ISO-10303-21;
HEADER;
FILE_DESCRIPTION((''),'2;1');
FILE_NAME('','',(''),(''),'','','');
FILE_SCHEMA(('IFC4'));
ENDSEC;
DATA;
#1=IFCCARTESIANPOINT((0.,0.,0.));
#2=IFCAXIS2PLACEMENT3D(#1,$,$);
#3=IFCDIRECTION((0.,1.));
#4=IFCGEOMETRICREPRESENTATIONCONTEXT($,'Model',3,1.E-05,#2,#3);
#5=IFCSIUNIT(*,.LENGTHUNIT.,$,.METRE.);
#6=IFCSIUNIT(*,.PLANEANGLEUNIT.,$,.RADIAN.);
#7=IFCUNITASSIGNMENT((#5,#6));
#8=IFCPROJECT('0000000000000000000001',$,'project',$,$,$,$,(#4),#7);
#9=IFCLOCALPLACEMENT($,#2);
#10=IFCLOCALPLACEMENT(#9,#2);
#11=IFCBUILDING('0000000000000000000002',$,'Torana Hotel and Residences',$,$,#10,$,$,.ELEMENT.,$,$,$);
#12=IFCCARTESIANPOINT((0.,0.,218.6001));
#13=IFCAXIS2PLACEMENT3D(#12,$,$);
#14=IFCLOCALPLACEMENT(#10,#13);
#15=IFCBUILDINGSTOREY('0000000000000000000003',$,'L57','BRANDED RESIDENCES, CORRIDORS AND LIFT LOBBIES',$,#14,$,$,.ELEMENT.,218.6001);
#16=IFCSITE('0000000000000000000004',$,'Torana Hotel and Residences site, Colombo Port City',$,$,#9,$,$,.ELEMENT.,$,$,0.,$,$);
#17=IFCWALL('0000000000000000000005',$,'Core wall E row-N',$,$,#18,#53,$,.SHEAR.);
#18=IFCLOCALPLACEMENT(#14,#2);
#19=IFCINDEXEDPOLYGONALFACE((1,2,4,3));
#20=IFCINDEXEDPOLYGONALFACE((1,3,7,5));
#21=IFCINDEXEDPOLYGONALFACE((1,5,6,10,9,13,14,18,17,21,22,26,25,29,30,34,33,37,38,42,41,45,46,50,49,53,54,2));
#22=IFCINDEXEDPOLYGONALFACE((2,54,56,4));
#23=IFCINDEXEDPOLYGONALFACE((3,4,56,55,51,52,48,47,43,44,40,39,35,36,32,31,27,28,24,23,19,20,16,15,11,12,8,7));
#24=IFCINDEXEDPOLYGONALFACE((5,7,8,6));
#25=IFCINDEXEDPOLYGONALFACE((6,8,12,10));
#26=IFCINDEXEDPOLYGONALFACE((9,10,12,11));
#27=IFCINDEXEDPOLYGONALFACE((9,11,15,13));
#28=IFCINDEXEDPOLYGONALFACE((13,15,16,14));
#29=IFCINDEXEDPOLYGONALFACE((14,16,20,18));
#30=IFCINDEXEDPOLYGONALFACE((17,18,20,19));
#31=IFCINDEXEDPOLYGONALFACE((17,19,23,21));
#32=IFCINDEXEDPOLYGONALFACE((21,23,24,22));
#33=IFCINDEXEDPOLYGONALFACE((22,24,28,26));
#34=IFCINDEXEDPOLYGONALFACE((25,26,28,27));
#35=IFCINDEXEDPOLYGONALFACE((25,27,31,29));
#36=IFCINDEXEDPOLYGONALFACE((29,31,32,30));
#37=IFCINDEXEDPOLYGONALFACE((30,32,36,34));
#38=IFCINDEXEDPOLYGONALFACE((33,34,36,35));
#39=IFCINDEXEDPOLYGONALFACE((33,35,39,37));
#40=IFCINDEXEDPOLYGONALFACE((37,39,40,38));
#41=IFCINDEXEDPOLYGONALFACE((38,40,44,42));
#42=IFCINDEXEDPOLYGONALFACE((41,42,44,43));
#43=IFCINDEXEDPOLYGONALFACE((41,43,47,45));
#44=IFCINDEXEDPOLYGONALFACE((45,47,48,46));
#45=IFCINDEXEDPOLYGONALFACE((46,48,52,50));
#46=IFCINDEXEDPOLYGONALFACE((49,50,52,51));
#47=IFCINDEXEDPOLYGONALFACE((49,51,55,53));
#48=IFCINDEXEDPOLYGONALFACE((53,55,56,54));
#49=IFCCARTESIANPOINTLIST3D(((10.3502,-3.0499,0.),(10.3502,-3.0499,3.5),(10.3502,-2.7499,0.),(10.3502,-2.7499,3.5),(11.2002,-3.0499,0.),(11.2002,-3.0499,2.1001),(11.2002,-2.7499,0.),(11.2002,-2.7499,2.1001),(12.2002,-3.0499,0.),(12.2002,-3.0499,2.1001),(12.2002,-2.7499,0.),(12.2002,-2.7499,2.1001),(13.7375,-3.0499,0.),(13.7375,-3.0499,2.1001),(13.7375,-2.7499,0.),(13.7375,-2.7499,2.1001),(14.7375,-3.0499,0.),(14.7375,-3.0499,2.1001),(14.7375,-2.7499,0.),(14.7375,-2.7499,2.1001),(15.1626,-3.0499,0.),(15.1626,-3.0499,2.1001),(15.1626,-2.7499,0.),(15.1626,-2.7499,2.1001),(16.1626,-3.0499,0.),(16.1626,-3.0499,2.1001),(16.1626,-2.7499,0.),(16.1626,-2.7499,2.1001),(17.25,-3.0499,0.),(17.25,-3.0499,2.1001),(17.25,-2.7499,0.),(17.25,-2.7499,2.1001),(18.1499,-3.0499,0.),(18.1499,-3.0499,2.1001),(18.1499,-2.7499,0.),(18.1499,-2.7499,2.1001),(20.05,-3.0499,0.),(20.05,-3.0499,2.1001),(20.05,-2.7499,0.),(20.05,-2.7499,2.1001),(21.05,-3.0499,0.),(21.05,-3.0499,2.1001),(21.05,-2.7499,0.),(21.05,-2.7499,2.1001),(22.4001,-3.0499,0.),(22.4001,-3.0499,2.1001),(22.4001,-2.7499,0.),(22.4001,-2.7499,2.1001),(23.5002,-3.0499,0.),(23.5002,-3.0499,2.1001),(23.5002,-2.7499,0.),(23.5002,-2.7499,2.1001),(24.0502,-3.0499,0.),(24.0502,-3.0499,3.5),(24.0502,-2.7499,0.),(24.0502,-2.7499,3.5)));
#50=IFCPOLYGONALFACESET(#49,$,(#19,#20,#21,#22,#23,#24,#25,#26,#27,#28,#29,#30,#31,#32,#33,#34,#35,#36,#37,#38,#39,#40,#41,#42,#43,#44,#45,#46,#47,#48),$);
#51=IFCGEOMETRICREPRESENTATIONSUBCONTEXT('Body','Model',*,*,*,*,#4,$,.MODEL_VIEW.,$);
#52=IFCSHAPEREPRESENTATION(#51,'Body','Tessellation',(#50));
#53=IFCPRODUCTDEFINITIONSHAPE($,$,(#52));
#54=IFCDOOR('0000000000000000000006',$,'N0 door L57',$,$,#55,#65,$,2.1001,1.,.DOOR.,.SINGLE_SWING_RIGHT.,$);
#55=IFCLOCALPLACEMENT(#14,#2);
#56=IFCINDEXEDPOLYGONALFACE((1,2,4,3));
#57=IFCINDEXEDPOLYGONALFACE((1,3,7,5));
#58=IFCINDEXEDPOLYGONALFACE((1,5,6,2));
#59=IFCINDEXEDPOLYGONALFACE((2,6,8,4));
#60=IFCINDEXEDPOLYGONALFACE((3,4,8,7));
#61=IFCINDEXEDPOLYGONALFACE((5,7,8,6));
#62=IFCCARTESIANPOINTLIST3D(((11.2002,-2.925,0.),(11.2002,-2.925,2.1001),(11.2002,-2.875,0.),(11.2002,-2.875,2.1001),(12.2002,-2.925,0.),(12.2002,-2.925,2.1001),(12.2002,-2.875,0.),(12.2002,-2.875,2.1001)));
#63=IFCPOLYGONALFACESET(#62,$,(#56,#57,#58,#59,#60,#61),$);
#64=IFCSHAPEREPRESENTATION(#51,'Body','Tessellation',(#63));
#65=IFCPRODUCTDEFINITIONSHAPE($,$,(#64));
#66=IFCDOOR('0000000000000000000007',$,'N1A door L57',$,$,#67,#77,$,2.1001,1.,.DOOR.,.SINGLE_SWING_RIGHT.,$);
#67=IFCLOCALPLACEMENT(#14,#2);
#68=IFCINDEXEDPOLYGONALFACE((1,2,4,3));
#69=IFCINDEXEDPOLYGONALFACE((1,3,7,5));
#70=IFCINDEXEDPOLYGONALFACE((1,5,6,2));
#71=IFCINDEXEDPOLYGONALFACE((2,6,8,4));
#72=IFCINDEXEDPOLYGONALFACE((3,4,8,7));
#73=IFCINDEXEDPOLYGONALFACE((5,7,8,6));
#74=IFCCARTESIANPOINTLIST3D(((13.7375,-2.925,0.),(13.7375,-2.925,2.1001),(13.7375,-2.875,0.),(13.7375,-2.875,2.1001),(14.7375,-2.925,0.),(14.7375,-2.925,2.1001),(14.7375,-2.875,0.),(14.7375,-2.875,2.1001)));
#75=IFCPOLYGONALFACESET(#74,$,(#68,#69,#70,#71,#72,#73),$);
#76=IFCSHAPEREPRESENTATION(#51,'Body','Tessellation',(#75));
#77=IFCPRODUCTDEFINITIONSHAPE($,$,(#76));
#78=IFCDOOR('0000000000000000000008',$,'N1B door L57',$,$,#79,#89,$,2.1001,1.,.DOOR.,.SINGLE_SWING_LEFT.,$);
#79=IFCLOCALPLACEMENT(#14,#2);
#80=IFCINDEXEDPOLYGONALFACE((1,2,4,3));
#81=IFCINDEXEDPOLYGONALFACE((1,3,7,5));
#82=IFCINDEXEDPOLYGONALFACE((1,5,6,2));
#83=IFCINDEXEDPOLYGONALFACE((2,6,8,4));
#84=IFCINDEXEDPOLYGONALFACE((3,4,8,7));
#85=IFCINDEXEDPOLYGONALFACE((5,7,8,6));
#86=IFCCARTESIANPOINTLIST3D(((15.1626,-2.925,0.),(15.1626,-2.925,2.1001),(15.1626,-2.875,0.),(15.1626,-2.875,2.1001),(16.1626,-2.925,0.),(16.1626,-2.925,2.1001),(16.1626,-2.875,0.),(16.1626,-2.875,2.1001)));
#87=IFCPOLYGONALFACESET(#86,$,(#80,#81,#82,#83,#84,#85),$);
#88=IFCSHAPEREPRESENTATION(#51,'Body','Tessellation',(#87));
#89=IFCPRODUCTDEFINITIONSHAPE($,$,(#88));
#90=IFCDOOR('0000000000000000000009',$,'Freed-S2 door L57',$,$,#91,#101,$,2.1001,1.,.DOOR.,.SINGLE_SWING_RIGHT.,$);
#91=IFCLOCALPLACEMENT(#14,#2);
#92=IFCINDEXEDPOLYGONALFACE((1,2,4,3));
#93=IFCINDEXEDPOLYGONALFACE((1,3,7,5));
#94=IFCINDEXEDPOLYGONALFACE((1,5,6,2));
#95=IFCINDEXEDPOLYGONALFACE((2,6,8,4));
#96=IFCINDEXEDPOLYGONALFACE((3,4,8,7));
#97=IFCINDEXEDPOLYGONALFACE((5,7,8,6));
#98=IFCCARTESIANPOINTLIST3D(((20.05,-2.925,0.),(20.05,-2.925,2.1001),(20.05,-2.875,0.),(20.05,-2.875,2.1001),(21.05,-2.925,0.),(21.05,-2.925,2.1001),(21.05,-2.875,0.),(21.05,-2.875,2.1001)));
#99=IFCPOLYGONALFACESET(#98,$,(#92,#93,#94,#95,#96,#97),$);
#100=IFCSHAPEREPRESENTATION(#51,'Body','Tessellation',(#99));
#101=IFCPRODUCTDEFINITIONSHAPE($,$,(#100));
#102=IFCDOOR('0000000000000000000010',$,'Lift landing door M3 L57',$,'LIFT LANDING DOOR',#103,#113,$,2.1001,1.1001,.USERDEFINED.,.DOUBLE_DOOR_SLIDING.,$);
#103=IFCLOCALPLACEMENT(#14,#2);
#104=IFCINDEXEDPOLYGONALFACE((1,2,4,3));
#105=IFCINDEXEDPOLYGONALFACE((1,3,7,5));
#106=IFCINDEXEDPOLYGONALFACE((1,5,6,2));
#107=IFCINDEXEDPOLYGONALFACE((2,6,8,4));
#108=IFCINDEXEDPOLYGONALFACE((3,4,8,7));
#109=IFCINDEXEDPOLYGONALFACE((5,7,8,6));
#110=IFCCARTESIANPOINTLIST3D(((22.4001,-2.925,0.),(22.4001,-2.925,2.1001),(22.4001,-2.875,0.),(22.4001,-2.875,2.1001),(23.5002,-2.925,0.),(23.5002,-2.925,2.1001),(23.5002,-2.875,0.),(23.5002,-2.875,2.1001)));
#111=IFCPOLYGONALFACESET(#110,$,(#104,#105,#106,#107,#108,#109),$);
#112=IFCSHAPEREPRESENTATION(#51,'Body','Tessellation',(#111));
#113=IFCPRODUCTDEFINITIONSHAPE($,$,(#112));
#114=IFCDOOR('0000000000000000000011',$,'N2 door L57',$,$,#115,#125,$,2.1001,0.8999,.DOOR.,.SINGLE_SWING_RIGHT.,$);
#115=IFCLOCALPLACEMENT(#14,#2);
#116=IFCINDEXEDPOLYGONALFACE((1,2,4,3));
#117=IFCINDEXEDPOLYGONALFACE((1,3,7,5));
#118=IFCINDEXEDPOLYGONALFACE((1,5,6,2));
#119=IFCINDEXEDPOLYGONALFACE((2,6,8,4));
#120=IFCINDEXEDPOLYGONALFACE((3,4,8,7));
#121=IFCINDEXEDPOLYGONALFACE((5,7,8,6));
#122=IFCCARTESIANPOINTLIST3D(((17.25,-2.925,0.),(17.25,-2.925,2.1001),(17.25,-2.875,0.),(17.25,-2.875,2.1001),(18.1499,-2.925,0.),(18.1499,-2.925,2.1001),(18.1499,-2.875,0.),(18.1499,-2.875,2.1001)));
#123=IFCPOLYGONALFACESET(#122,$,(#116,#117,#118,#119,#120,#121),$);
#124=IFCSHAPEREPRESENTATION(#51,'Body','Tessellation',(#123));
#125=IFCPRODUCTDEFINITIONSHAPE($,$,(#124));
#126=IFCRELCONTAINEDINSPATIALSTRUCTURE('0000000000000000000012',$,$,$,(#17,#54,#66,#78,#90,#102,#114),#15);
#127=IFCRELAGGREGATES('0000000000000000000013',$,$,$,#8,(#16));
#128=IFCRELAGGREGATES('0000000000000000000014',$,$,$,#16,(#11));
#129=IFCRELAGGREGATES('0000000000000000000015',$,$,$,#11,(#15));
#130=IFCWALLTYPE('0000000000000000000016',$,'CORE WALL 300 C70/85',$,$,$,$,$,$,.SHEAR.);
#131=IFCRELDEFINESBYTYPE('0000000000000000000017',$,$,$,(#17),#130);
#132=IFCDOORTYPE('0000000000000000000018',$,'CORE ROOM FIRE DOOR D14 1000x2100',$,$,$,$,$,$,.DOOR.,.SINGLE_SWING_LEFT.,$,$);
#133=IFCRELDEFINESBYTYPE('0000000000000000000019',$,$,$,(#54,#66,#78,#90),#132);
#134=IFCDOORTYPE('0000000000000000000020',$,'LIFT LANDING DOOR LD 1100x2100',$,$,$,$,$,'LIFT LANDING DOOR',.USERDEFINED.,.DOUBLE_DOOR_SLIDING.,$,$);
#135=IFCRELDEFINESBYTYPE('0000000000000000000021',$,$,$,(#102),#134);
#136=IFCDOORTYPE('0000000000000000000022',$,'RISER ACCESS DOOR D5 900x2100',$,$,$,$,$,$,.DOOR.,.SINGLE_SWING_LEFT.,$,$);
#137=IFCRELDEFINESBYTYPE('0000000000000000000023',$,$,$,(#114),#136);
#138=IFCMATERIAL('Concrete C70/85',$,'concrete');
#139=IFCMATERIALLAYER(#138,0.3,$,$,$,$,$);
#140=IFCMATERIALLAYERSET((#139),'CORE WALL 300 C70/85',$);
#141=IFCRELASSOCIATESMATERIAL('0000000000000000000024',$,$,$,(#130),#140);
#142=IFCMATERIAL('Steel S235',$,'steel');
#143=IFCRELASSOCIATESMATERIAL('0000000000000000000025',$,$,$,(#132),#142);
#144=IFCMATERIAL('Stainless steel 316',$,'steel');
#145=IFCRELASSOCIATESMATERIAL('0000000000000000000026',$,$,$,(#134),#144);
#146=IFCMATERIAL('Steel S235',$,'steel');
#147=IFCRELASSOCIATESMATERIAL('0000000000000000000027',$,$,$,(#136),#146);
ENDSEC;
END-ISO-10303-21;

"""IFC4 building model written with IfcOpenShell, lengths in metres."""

from ifc_helpers import new_model, si_unit, direction, frame, frame_2d, origin, place, context, subcontext, project, spatial, rectangle, extrude, material, layer, layer_set, type_object, element, fill, save


model = new_model("IFC4")

# Units and contexts
model_context = context("Model", 3, precision=1e-05, world=origin(), true_north=direction((0.0, 1.0)))
body_context = subcontext(model_context, "Body", "Model", "MODEL_VIEW")
ifc_project = project(units=[si_unit("LENGTHUNIT", "METRE"), si_unit("PLANEANGLEUNIT", "RADIAN")], contexts=[model_context])

# Site, building, storey
site_placement = place(None, origin())
site = spatial("IfcSite", under=ifc_project, at=site_placement, Name="Torana Hotel and Residences site, Colombo Port City", CompositionType="ELEMENT", RefElevation=0.0)
building_placement = place(site_placement, origin())
building = spatial("IfcBuilding", under=site, at=building_placement, Name="Torana Hotel and Residences", CompositionType="ELEMENT")
storey_placement = place(building_placement, frame((0.0, 0.0, 218.6001)))
storey = spatial("IfcBuildingStorey", under=building, at=storey_placement, Name="L57", Description="BRANDED RESIDENCES, CORRIDORS AND LIFT LOBBIES", CompositionType="ELEMENT", Elevation=218.6001)

# Wall, openings, doors
ifc_material_1 = material(Name="Concrete C70/85", Category="concrete")
ifc_layer_1 = layer(ifc_material_1, 0.3)
ifc_layer_set_1 = layer_set([ifc_layer_1], Name="CORE WALL 300 C70/85")
wall_type_1 = type_object("IfcWallType", Name="CORE WALL 300 C70/85", PredefinedType="SHEAR", material=ifc_layer_set_1)
wall_1_placement = place(storey_placement, frame((10.3501, -2.8999, 0.0), z_axis=(0.0, 0.0, 1.0), x_axis=(1.0, 0.0, 0.0)))
wall_1 = element("IfcWall", 1, at=wall_1_placement, inside=storey, type_object=wall_type_1, Name="Core wall E row-N", PredefinedType="SHEAR", context=body_context, shape_type="SweptSolid", body=[
    extrude(rectangle(XDim=13.7, YDim=0.3, at=frame_2d((6.8501, 0.0))), origin(), (0.0, 0.0, 1.0), 3.5),
])
opening_1_placement = place(wall_1_placement, frame((12.05, 0.0, 0.0)))
opening_1 = element("IfcOpeningElement", 2, at=opening_1_placement, cuts=wall_1, PredefinedType="OPENING", context=body_context, shape_type="SweptSolid", body=[
    extrude(rectangle(XDim=1.1001, YDim=2.1001, at=frame_2d((0.55, 1.05))), frame((0.0, 0.1599, 0.0), z_axis=(0.0, -1.0, 0.0), x_axis=(1.0, 0.0, 0.0)), (0.0, 0.0, 1.0), 0.3201),
])
opening_2_placement = place(wall_1_placement, frame((6.8999, 0.0, 0.0)))
opening_2 = element("IfcOpeningElement", 3, at=opening_2_placement, cuts=wall_1, PredefinedType="OPENING", context=body_context, shape_type="SweptSolid", body=[
    extrude(rectangle(XDim=0.8999, YDim=2.1001, at=frame_2d((0.45, 1.05))), frame((0.0, 0.1599, 0.0), z_axis=(0.0, -1.0, 0.0), x_axis=(1.0, 0.0, 0.0)), (0.0, 0.0, 1.0), 0.3201),
])
opening_3_placement = place(wall_1_placement, frame((0.8501, 0.0, 0.0)))
opening_3 = element("IfcOpeningElement", 4, at=opening_3_placement, cuts=wall_1, PredefinedType="OPENING", context=body_context, shape_type="SweptSolid", body=[
    extrude(rectangle(XDim=1.0, YDim=2.1001, at=frame_2d((0.5, 1.05))), frame((0.0, 0.1599, 0.0), z_axis=(0.0, -1.0, 0.0), x_axis=(1.0, 0.0, 0.0)), (0.0, 0.0, 1.0), 0.3201),
])
opening_4_placement = place(wall_1_placement, frame((3.3875, 0.0, 0.0)))
opening_4 = element("IfcOpeningElement", 5, at=opening_4_placement, cuts=wall_1, PredefinedType="OPENING", context=body_context, shape_type="SweptSolid", body=[
    extrude(rectangle(XDim=1.0, YDim=2.1001, at=frame_2d((0.5, 1.05))), frame((0.0, 0.1599, 0.0), z_axis=(0.0, -1.0, 0.0), x_axis=(1.0, 0.0, 0.0)), (0.0, 0.0, 1.0), 0.3201),
])
opening_5_placement = place(wall_1_placement, frame((4.8125, 0.0, 0.0)))
opening_5 = element("IfcOpeningElement", 6, at=opening_5_placement, cuts=wall_1, PredefinedType="OPENING", context=body_context, shape_type="SweptSolid", body=[
    extrude(rectangle(XDim=1.0, YDim=2.1001, at=frame_2d((0.5, 1.05))), frame((0.0, 0.1599, 0.0), z_axis=(0.0, -1.0, 0.0), x_axis=(1.0, 0.0, 0.0)), (0.0, 0.0, 1.0), 0.3201),
])
opening_6_placement = place(wall_1_placement, frame((9.7, 0.0, 0.0)))
opening_6 = element("IfcOpeningElement", 7, at=opening_6_placement, cuts=wall_1, PredefinedType="OPENING", context=body_context, shape_type="SweptSolid", body=[
    extrude(rectangle(XDim=1.0, YDim=2.1001, at=frame_2d((0.5, 1.05))), frame((0.0, 0.1599, 0.0), z_axis=(0.0, -1.0, 0.0), x_axis=(1.0, 0.0, 0.0)), (0.0, 0.0, 1.0), 0.3201),
])
ifc_material_2 = material(Name="Steel S235", Category="steel")
door_type_1 = type_object("IfcDoorType", Name="CORE ROOM FIRE DOOR D14 1000x2100", OperationType="SINGLE_SWING_LEFT", PredefinedType="DOOR", material=ifc_material_2)
door_1_placement = place(opening_3_placement, origin())
door_1 = element("IfcDoor", 8, at=door_1_placement, inside=storey, type_object=door_type_1, Name="N0 door L57", OperationType="SINGLE_SWING_RIGHT", OverallHeight=2.1001, OverallWidth=1.0, PredefinedType="DOOR", context=body_context, shape_type="SweptSolid", body=[
    extrude(rectangle(XDim=1.0, YDim=2.1001, at=frame_2d((0.5, 1.05))), frame((0.0, 0.0249, 0.0), z_axis=(0.0, -1.0, 0.0), x_axis=(1.0, 0.0, 0.0)), (0.0, 0.0, 1.0), 0.05),
])
fill(opening_3, door_1)
door_2_placement = place(opening_4_placement, origin())
door_2 = element("IfcDoor", 9, at=door_2_placement, inside=storey, type_object=door_type_1, Name="N1A door L57", OperationType="SINGLE_SWING_RIGHT", OverallHeight=2.1001, OverallWidth=1.0, PredefinedType="DOOR", context=body_context, shape_type="SweptSolid", body=[
    extrude(rectangle(XDim=1.0, YDim=2.1001, at=frame_2d((0.5, 1.05))), frame((0.0, 0.0249, 0.0), z_axis=(0.0, -1.0, 0.0), x_axis=(1.0, 0.0, 0.0)), (0.0, 0.0, 1.0), 0.05),
])
fill(opening_4, door_2)
door_3_placement = place(opening_5_placement, origin())
door_3 = element("IfcDoor", 10, at=door_3_placement, inside=storey, type_object=door_type_1, Name="N1B door L57", OperationType="SINGLE_SWING_LEFT", OverallHeight=2.1001, OverallWidth=1.0, PredefinedType="DOOR", context=body_context, shape_type="SweptSolid", body=[
    extrude(rectangle(XDim=1.0, YDim=2.1001, at=frame_2d((0.5, 1.05))), frame((0.0, 0.0249, 0.0), z_axis=(0.0, -1.0, 0.0), x_axis=(1.0, 0.0, 0.0)), (0.0, 0.0, 1.0), 0.05),
])
fill(opening_5, door_3)
door_4_placement = place(opening_6_placement, origin())
door_4 = element("IfcDoor", 11, at=door_4_placement, inside=storey, type_object=door_type_1, Name="Freed-S2 door L57", OperationType="SINGLE_SWING_RIGHT", OverallHeight=2.1001, OverallWidth=1.0, PredefinedType="DOOR", context=body_context, shape_type="SweptSolid", body=[
    extrude(rectangle(XDim=1.0, YDim=2.1001, at=frame_2d((0.5, 1.05))), frame((0.0, 0.0249, 0.0), z_axis=(0.0, -1.0, 0.0), x_axis=(1.0, 0.0, 0.0)), (0.0, 0.0, 1.0), 0.05),
])
fill(opening_6, door_4)
ifc_material_3 = material(Name="Stainless steel 316", Category="steel")
door_type_2 = type_object("IfcDoorType", Name="LIFT LANDING DOOR LD 1100x2100", ElementType="LIFT LANDING DOOR", OperationType="DOUBLE_DOOR_SLIDING", PredefinedType="USERDEFINED", material=ifc_material_3)
door_5_placement = place(opening_1_placement, origin())
door_5 = element("IfcDoor", 12, at=door_5_placement, inside=storey, type_object=door_type_2, Name="Lift landing door M3 L57", ObjectType="LIFT LANDING DOOR", OperationType="DOUBLE_DOOR_SLIDING", OverallHeight=2.1001, OverallWidth=1.1001, PredefinedType="USERDEFINED", context=body_context, shape_type="SweptSolid", body=[
    extrude(rectangle(XDim=1.1001, YDim=2.1001, at=frame_2d((0.55, 1.05))), frame((0.0, 0.0249, 0.0), z_axis=(0.0, -1.0, 0.0), x_axis=(1.0, 0.0, 0.0)), (0.0, 0.0, 1.0), 0.05),
])
fill(opening_1, door_5)
ifc_material_4 = material(Name="Steel S235", Category="steel")
door_type_3 = type_object("IfcDoorType", Name="RISER ACCESS DOOR D5 900x2100", OperationType="SINGLE_SWING_LEFT", PredefinedType="DOOR", material=ifc_material_4)
door_6_placement = place(opening_2_placement, origin())
door_6 = element("IfcDoor", 13, at=door_6_placement, inside=storey, type_object=door_type_3, Name="N2 door L57", OperationType="SINGLE_SWING_RIGHT", OverallHeight=2.1001, OverallWidth=0.8999, PredefinedType="DOOR", context=body_context, shape_type="SweptSolid", body=[
    extrude(rectangle(XDim=0.8999, YDim=2.1001, at=frame_2d((0.45, 1.05))), frame((0.0, 0.0249, 0.0), z_axis=(0.0, -1.0, 0.0), x_axis=(1.0, 0.0, 0.0)), (0.0, 0.0, 1.0), 0.05),
])
fill(opening_2, door_6)

save(model, "model.ifc")
